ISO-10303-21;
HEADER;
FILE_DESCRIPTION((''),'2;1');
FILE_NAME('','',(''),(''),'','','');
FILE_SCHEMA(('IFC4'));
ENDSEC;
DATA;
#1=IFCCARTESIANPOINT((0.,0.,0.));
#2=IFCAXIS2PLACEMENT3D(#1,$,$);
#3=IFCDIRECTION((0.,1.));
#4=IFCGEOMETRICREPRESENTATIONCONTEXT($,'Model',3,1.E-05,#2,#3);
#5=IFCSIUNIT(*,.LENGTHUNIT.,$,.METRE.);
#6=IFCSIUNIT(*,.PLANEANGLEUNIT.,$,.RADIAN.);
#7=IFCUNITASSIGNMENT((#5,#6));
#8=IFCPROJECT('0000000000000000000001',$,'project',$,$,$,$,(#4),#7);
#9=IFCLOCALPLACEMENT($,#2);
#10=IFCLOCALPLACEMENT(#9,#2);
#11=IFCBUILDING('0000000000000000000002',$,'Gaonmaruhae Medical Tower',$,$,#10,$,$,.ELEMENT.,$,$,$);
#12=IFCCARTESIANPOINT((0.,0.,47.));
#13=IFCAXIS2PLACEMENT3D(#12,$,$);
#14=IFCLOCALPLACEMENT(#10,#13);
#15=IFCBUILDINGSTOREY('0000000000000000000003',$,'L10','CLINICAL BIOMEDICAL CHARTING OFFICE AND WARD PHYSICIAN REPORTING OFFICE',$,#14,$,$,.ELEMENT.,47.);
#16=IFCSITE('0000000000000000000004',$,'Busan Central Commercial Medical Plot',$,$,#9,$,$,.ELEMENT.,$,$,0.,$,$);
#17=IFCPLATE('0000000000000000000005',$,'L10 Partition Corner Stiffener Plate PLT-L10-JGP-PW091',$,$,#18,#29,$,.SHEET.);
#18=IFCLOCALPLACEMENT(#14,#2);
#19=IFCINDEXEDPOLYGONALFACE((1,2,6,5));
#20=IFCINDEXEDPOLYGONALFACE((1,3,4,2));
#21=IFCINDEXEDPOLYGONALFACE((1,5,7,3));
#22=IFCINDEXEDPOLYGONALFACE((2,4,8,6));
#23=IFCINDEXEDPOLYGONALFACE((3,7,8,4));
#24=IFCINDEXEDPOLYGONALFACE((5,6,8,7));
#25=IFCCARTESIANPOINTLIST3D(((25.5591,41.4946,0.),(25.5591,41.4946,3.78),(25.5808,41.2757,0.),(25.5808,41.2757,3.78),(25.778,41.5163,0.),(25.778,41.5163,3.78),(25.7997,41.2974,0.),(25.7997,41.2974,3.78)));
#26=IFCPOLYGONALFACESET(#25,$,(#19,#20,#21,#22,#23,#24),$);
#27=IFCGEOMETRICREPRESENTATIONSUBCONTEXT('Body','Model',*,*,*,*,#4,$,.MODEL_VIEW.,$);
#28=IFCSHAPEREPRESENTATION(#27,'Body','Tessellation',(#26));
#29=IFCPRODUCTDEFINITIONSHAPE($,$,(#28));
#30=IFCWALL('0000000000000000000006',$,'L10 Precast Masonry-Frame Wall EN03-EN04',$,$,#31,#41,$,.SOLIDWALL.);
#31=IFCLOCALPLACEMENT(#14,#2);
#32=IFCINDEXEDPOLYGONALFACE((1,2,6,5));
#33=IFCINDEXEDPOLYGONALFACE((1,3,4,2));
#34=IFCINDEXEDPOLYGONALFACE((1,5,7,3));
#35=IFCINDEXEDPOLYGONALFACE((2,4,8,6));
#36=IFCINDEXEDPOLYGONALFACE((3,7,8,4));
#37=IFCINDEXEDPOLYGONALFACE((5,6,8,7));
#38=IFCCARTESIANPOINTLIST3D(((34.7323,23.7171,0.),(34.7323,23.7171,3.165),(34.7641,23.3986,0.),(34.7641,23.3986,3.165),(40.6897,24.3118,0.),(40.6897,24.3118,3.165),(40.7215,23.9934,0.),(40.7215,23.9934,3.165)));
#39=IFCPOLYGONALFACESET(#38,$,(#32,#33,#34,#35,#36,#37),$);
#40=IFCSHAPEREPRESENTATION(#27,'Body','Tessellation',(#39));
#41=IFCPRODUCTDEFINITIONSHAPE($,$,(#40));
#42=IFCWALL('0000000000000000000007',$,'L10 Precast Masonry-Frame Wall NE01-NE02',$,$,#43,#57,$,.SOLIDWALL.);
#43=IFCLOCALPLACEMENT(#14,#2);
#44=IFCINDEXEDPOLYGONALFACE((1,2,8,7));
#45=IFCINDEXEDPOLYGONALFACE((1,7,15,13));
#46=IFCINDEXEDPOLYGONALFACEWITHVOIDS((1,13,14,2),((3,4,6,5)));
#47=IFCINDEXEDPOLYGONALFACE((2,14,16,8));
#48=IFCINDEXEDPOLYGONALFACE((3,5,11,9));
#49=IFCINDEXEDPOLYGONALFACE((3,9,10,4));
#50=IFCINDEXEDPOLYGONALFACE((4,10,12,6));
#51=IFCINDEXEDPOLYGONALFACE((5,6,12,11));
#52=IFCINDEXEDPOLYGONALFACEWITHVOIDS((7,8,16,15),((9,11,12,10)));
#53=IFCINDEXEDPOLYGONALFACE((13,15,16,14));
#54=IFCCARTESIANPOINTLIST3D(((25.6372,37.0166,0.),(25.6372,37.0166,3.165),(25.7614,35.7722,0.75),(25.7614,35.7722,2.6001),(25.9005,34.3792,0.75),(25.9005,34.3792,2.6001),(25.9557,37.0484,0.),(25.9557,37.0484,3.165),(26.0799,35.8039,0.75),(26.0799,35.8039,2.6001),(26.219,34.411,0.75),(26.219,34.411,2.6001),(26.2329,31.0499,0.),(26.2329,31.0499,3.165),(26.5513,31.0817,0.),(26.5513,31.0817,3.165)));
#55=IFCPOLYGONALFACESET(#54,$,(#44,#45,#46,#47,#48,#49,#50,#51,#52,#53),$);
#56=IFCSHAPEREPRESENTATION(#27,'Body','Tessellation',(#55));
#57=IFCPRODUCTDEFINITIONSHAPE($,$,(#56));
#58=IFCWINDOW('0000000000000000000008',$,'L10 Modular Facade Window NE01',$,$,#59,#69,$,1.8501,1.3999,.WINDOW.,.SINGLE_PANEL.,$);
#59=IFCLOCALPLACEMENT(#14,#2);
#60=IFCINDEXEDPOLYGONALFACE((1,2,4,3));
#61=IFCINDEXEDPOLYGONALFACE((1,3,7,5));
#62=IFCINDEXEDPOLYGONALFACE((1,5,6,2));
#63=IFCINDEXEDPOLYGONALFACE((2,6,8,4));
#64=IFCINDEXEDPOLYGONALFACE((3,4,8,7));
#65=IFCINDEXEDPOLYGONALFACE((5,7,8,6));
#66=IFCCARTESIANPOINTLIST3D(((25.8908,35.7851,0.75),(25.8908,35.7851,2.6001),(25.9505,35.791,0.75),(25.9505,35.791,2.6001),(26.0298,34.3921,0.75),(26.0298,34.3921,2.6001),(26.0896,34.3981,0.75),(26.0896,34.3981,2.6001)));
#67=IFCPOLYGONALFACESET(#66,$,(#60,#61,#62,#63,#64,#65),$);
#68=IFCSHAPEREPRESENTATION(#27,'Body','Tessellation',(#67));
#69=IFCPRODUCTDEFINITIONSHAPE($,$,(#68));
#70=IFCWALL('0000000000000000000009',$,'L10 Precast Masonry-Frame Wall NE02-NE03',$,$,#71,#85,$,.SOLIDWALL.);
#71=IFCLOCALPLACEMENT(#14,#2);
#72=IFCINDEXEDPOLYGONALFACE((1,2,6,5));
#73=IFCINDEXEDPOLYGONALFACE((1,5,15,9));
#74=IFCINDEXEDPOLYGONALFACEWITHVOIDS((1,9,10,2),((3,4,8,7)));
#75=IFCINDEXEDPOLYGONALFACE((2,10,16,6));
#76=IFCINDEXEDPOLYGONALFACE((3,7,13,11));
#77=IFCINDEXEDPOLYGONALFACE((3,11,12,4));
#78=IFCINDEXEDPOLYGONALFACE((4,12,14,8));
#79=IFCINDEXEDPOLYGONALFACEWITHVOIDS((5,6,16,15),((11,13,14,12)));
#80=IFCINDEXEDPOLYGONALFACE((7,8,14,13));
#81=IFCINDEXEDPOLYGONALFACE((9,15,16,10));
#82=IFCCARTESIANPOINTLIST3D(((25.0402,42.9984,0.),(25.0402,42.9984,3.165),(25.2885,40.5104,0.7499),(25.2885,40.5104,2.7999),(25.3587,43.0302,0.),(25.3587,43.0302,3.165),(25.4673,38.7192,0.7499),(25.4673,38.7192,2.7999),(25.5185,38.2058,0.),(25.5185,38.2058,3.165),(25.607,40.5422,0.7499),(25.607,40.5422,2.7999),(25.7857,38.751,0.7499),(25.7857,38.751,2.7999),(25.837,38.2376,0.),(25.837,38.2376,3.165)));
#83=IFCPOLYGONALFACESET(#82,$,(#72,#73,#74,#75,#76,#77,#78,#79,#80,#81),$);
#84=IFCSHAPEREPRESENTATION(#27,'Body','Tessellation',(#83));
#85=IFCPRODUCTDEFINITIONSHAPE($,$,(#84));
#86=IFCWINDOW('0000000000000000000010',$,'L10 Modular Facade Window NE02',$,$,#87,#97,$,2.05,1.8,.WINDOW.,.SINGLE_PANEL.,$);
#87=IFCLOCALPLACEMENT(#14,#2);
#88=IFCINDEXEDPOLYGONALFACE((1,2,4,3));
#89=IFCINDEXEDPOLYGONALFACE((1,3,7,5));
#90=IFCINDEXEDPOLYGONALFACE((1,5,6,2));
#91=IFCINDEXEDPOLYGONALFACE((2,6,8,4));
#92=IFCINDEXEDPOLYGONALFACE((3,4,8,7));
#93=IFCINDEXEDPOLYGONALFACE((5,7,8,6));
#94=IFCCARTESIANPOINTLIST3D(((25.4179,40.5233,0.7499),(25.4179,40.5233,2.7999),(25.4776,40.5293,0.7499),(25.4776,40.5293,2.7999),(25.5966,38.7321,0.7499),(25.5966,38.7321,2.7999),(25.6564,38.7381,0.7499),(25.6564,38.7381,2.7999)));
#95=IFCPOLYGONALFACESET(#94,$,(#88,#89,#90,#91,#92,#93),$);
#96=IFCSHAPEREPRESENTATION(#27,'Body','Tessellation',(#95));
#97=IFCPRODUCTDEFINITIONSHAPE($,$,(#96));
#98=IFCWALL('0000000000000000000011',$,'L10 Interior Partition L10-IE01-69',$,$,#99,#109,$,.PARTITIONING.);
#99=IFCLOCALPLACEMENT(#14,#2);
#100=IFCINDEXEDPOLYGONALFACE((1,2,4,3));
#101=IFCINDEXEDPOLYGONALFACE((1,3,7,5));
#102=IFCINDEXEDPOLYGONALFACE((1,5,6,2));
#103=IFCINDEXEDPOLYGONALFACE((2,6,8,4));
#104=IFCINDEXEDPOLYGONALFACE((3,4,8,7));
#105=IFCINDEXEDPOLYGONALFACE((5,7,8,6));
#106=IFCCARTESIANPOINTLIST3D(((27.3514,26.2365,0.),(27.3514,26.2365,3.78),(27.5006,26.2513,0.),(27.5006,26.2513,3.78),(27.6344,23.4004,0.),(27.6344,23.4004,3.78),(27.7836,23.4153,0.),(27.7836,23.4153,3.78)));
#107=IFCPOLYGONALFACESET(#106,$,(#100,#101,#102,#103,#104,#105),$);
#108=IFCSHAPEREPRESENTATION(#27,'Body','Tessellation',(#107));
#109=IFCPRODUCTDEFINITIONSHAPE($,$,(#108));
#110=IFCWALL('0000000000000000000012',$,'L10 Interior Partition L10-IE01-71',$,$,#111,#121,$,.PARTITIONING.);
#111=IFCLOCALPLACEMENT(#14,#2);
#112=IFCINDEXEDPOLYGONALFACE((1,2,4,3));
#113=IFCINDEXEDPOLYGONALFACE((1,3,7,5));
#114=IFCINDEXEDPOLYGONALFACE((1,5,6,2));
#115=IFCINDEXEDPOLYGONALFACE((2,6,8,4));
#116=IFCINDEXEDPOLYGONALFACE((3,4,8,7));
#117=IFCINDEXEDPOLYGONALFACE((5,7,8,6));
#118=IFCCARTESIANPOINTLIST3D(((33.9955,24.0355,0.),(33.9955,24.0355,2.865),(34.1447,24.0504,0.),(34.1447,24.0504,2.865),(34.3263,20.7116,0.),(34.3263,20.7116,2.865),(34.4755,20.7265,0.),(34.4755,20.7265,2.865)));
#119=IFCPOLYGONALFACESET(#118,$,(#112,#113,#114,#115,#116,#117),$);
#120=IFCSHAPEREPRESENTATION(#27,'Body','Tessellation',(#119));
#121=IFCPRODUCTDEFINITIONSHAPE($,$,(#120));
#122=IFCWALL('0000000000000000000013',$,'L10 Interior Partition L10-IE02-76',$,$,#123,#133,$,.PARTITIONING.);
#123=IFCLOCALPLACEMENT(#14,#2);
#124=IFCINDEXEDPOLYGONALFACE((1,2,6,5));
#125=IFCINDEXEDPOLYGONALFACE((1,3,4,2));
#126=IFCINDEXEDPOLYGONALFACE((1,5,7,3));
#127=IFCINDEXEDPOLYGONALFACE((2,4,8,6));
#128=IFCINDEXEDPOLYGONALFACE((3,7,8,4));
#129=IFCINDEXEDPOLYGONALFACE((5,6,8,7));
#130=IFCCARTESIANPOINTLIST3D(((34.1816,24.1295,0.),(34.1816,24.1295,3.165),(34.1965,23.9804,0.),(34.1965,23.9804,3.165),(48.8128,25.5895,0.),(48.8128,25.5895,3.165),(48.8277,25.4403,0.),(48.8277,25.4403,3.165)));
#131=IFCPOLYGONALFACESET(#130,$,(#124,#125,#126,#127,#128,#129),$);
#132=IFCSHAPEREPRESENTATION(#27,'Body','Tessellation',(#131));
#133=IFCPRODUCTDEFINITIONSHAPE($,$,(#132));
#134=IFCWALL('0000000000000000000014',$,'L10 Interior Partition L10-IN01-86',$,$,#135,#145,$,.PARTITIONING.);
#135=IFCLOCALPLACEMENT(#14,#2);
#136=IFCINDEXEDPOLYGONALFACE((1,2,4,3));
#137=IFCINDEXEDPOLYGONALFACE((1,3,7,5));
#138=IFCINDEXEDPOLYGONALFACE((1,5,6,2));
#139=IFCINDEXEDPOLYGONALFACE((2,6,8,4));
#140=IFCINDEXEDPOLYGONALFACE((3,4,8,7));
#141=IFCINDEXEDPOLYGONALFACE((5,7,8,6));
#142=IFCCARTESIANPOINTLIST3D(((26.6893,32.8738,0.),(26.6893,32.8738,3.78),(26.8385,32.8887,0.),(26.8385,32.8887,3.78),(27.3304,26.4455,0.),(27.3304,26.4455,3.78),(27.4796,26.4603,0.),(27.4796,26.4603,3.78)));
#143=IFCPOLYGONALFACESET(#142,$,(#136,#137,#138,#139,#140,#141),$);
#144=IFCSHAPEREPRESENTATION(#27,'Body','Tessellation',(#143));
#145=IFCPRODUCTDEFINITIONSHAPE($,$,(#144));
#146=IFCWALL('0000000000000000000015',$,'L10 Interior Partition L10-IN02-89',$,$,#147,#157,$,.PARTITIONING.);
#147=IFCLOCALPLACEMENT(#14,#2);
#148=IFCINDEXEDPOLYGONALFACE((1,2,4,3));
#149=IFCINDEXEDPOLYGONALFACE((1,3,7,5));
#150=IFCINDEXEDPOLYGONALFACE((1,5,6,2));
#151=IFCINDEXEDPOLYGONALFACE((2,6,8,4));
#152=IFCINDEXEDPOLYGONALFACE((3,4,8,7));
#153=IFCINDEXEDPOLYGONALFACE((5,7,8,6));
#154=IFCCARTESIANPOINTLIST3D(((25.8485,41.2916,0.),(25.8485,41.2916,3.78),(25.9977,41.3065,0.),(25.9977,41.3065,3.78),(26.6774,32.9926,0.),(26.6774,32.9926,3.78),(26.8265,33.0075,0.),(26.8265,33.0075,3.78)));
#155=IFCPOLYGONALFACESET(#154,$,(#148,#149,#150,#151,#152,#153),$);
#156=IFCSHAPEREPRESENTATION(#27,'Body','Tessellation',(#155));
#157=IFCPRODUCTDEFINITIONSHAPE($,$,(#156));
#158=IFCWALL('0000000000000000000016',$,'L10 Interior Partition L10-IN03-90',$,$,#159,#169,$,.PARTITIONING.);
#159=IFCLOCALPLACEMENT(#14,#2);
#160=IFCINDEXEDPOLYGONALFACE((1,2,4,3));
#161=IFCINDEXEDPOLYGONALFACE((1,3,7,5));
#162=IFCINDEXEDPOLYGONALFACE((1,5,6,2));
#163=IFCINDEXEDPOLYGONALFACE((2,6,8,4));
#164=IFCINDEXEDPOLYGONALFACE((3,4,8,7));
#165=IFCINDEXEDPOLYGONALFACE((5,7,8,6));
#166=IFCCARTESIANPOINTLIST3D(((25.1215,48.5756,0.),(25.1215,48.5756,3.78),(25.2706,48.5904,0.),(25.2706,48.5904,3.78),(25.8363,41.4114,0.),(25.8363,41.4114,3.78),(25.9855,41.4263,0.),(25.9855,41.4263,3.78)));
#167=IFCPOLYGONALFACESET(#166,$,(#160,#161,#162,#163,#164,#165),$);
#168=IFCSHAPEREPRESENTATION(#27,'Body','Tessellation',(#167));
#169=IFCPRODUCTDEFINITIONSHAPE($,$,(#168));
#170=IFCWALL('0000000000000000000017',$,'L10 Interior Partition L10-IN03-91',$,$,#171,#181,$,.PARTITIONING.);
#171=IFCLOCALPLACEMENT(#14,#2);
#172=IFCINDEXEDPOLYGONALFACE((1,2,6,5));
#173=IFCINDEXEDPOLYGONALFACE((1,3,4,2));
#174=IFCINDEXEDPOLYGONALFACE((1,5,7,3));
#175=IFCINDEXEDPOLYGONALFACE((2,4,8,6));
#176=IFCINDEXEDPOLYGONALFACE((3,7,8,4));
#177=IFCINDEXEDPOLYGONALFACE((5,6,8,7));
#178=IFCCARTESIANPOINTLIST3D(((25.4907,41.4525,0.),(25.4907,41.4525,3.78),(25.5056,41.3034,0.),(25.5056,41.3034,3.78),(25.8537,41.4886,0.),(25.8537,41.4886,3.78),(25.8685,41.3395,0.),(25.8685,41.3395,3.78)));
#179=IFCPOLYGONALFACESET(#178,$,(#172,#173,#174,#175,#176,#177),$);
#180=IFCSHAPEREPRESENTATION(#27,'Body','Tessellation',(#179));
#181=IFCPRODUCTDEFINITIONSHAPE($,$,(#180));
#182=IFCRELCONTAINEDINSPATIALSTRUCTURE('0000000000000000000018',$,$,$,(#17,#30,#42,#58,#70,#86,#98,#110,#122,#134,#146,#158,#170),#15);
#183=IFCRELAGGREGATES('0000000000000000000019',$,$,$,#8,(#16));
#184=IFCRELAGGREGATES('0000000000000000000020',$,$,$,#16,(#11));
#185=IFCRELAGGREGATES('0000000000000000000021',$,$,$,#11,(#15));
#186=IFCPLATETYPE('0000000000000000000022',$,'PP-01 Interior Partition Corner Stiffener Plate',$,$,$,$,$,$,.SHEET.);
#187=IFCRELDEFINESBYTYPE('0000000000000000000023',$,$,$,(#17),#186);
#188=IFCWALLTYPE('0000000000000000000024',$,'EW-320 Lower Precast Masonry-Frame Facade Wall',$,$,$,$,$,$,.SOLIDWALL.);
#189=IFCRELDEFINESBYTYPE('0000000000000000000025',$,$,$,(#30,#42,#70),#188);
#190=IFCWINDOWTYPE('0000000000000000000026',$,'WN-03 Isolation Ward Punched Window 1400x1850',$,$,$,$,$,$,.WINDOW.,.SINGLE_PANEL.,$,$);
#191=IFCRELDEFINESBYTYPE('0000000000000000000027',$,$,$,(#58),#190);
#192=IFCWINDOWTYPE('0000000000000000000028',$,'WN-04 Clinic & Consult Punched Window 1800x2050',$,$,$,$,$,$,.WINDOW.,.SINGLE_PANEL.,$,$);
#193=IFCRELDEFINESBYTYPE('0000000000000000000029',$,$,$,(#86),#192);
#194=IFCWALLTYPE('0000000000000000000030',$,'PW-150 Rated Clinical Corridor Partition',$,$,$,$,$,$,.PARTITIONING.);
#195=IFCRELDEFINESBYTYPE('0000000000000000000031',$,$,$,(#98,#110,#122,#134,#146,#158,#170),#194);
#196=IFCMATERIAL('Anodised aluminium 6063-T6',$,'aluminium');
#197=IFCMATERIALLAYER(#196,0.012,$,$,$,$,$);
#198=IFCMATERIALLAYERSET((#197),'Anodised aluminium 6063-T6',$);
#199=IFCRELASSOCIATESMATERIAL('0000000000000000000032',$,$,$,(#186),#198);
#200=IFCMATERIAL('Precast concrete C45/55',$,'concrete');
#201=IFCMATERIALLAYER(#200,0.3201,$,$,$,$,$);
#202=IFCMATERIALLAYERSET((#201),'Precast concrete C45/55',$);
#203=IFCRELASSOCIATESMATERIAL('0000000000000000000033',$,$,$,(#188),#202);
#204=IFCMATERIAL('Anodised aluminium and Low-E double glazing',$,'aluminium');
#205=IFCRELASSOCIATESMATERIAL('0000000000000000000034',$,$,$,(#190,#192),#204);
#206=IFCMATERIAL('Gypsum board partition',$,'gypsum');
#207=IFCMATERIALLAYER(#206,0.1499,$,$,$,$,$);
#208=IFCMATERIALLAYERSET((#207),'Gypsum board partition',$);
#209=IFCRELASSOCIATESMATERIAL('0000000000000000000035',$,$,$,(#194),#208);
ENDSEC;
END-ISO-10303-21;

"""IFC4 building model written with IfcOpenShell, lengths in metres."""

from ifc_helpers import new_model, si_unit, direction, frame, frame_2d, origin, origin_2d, place, context, subcontext, project, spatial, rectangle, extrude, material, layer, layer_set, type_object, element, fill, save


model = new_model("IFC4")

# Units and contexts
model_context = context("Model", 3, precision=1e-05, world=origin(), true_north=direction((0.0, 1.0)))
body_context = subcontext(model_context, "Body", "Model", "MODEL_VIEW")
ifc_project = project(units=[si_unit("LENGTHUNIT", "METRE"), si_unit("PLANEANGLEUNIT", "RADIAN")], contexts=[model_context])

# Site, building, storey
site_placement = place(None, origin())
site = spatial("IfcSite", under=ifc_project, at=site_placement, Name="Busan Central Commercial Medical Plot", CompositionType="ELEMENT", RefElevation=0.0)
building_placement = place(site_placement, origin())
building = spatial("IfcBuilding", under=site, at=building_placement, Name="Gaonmaruhae Medical Tower", CompositionType="ELEMENT")
storey_placement = place(building_placement, frame((0.0, 0.0, 47.0)))
storey = spatial("IfcBuildingStorey", under=building, at=storey_placement, Name="L10", Description="CLINICAL BIOMEDICAL CHARTING OFFICE AND WARD PHYSICIAN REPORTING OFFICE", CompositionType="ELEMENT", Elevation=47.0)

# Plate
ifc_material_1 = material(Name="Anodised aluminium 6063-T6", Category="aluminium")
ifc_layer_1 = layer(ifc_material_1, 0.012)
ifc_layer_set_1 = layer_set([ifc_layer_1], Name="Anodised aluminium 6063-T6")
plate_type = type_object("IfcPlateType", Name="PP-01 Interior Partition Corner Stiffener Plate", PredefinedType="SHEET", material=ifc_layer_set_1)
plate_placement = place(storey_placement, frame((25.6794, 41.396, 0.0), z_axis=(0.0, 0.0, 1.0), x_axis=(-0.995118, -0.098695, 0.0)))
element("IfcPlate", 1, at=plate_placement, inside=storey, type_object=plate_type, Name="L10 Partition Corner Stiffener Plate PLT-L10-JGP-PW091", PredefinedType="SHEET", context=body_context, shape_type="SweptSolid", body=[
    extrude(rectangle(XDim=0.22, YDim=0.22, at=origin_2d()), origin(), (0.0, 0.0, 1.0), 3.78),
])

# Wall
ifc_material_2 = material(Name="Precast concrete C45/55", Category="concrete")
ifc_layer_2 = layer(ifc_material_2, 0.3201)
ifc_layer_set_2 = layer_set([ifc_layer_2], Name="Precast concrete C45/55")
wall_type_1 = type_object("IfcWallType", Name="EW-320 Lower Precast Masonry-Frame Facade Wall", PredefinedType="SOLIDWALL", material=ifc_layer_set_2)
wall_1_placement = place(storey_placement, frame((34.748, 23.5579, 0.0), z_axis=(0.0, 0.0, 1.0), x_axis=(0.995054, 0.099334, 0.0)))
element("IfcWall", 2, at=wall_1_placement, inside=storey, type_object=wall_type_1, Name="L10 Precast Masonry-Frame Wall EN03-EN04", PredefinedType="SOLIDWALL", context=body_context, shape_type="SweptSolid", body=[
    extrude(rectangle(XDim=5.9871, YDim=0.3201, at=frame_2d((2.9937, 0.0))), origin(), (0.0, 0.0, 1.0), 3.165),
])

# Walls, openings, windows
wall_2_placement = place(storey_placement, frame((26.3921, 31.0659, 0.0), z_axis=(0.0, 0.0, 1.0), x_axis=(-0.099342, 0.995053, 0.0)))
wall_2 = element("IfcWall", 3, at=wall_2_placement, inside=storey, type_object=wall_type_1, Name="L10 Precast Masonry-Frame Wall NE01-NE02", PredefinedType="SOLIDWALL", context=body_context, shape_type="SweptSolid", body=[
    extrude(rectangle(XDim=5.9963, YDim=0.3201, at=frame_2d((2.998, 0.0))), origin(), (0.0, 0.0, 1.0), 3.165),
])
opening_1_placement = place(wall_2_placement, frame((3.3457, 0.0, 0.75)))
opening_1 = element("IfcOpeningElement", 4, at=opening_1_placement, cuts=wall_2, PredefinedType="OPENING", context=body_context, shape_type="SweptSolid", body=[
    extrude(rectangle(XDim=1.3999, YDim=1.8501, at=frame_2d((0.7, 0.925))), frame((0.0, 0.1699, 0.0), z_axis=(0.0, -1.0, 0.0), x_axis=(1.0, 0.0, 0.0)), (0.0, 0.0, 1.0), 0.3401),
])
ifc_material_3 = material(Name="Anodised aluminium and Low-E double glazing", Category="aluminium")
window_type_1 = type_object("IfcWindowType", Name="WN-03 Isolation Ward Punched Window 1400x1850", PartitioningType="SINGLE_PANEL", PredefinedType="WINDOW", material=ifc_material_3)
window_1_placement = place(opening_1_placement, origin())
window_1 = element("IfcWindow", 5, at=window_1_placement, inside=storey, type_object=window_type_1, Name="L10 Modular Facade Window NE01", OverallHeight=1.8501, OverallWidth=1.3999, PartitioningType="SINGLE_PANEL", PredefinedType="WINDOW", context=body_context, shape_type="SweptSolid", body=[
    extrude(rectangle(XDim=1.3999, YDim=1.8501, at=frame_2d((0.7, 0.925))), frame((0.0, 0.03, 0.0), z_axis=(0.0, -1.0, 0.0), x_axis=(1.0, 0.0, 0.0)), (0.0, 0.0, 1.0), 0.0601),
])
fill(opening_1, window_1)
wall_3_placement = place(storey_placement, frame((25.6777, 38.2217, 0.0), z_axis=(0.0, 0.0, 1.0), x_axis=(-0.099303, 0.995057, 0.0)))
wall_3 = element("IfcWall", 6, at=wall_3_placement, inside=storey, type_object=wall_type_1, Name="L10 Precast Masonry-Frame Wall NE02-NE03", PredefinedType="SOLIDWALL", context=body_context, shape_type="SweptSolid", body=[
    extrude(rectangle(XDim=4.8164, YDim=0.3201, at=frame_2d((2.4082, 0.0))), origin(), (0.0, 0.0, 1.0), 3.165),
])
opening_2_placement = place(wall_3_placement, frame((0.5161, 0.0, 0.75)))
opening_2 = element("IfcOpeningElement", 7, at=opening_2_placement, cuts=wall_3, PredefinedType="OPENING", context=body_context, shape_type="SweptSolid", body=[
    extrude(rectangle(XDim=1.8, YDim=2.05, at=frame_2d((0.8999, 1.0249))), frame((0.0, 0.1699, 0.0), z_axis=(0.0, -1.0, 0.0), x_axis=(1.0, 0.0, 0.0)), (0.0, 0.0, 1.0), 0.3401),
])
window_type_2 = type_object("IfcWindowType", Name="WN-04 Clinic & Consult Punched Window 1800x2050", PartitioningType="SINGLE_PANEL", PredefinedType="WINDOW", material=ifc_material_3)
window_2_placement = place(opening_2_placement, origin())
window_2 = element("IfcWindow", 8, at=window_2_placement, inside=storey, type_object=window_type_2, Name="L10 Modular Facade Window NE02", OverallHeight=2.05, OverallWidth=1.8, PartitioningType="SINGLE_PANEL", PredefinedType="WINDOW", context=body_context, shape_type="SweptSolid", body=[
    extrude(rectangle(XDim=1.8, YDim=2.05, at=frame_2d((0.8999, 1.0249))), frame((0.0, 0.03, 0.0), z_axis=(0.0, -1.0, 0.0), x_axis=(1.0, 0.0, 0.0)), (0.0, 0.0, 1.0), 0.0601),
])
fill(opening_2, window_2)

# Walls
ifc_material_4 = material(Name="Gypsum board partition", Category="gypsum")
ifc_layer_3 = layer(ifc_material_4, 0.1499)
ifc_layer_set_3 = layer_set([ifc_layer_3], Name="Gypsum board partition")
wall_type_2 = type_object("IfcWallType", Name="PW-150 Rated Clinical Corridor Partition", PredefinedType="PARTITIONING", material=ifc_layer_set_3)
wall_4_placement = place(storey_placement, frame((27.426, 26.2439, 0.0), z_axis=(0.0, 0.0, 1.0), x_axis=(0.099283, -0.995059, 0.0)))
element("IfcWall", 9, at=wall_4_placement, inside=storey, type_object=wall_type_2, Name="L10 Interior Partition L10-IE01-69", PredefinedType="PARTITIONING", context=body_context, shape_type="SweptSolid", body=[
    extrude(rectangle(XDim=2.8501, YDim=0.1499, at=frame_2d((1.425, 0.0))), origin(), (0.0, 0.0, 1.0), 3.78),
])
wall_5_placement = place(storey_placement, frame((34.0701, 24.043, 0.0), z_axis=(0.0, 0.0, 1.0), x_axis=(0.099033, -0.995084, 0.0)))
element("IfcWall", 10, at=wall_5_placement, inside=storey, type_object=wall_type_2, Name="L10 Interior Partition L10-IE01-71", PredefinedType="PARTITIONING", context=body_context, shape_type="SweptSolid", body=[
    extrude(rectangle(XDim=3.3403, YDim=0.1499, at=frame_2d((1.6702, 0.0))), origin(), (0.0, 0.0, 1.0), 2.865),
])
wall_6_placement = place(storey_placement, frame((34.189, 24.0549, 0.0), z_axis=(0.0, 0.0, 1.0), x_axis=(0.995058, 0.099292, 0.0)))
element("IfcWall", 11, at=wall_6_placement, inside=storey, type_object=wall_type_2, Name="L10 Interior Partition L10-IE02-76", PredefinedType="PARTITIONING", context=body_context, shape_type="SweptSolid", body=[
    extrude(rectangle(XDim=14.7039, YDim=0.1499, at=frame_2d((7.3521, 0.0))), origin(), (0.0, 0.0, 1.0), 3.165),
])
wall_7_placement = place(storey_placement, frame((26.7639, 32.8811, 0.0), z_axis=(0.0, 0.0, 1.0), x_axis=(0.099242, -0.995063, 0.0)))
element("IfcWall", 12, at=wall_7_placement, inside=storey, type_object=wall_type_2, Name="L10 Interior Partition L10-IN01-86", PredefinedType="PARTITIONING", context=body_context, shape_type="SweptSolid", body=[
    extrude(rectangle(XDim=6.4602, YDim=0.1499, at=frame_2d((3.23, 0.0))), origin(), (0.0, 0.0, 1.0), 3.78),
])
wall_8_placement = place(storey_placement, frame((25.9231, 41.2991, 0.0), z_axis=(0.0, 0.0, 1.0), x_axis=(0.099379, -0.99505, 0.0)))
element("IfcWall", 13, at=wall_8_placement, inside=storey, type_object=wall_type_2, Name="L10 Interior Partition L10-IN02-89", PredefinedType="PARTITIONING", context=body_context, shape_type="SweptSolid", body=[
    extrude(rectangle(XDim=8.3403, YDim=0.1499, at=frame_2d((4.1702, 0.0))), origin(), (0.0, 0.0, 1.0), 3.78),
])
wall_9_placement = place(storey_placement, frame((25.196, 48.583, 0.0), z_axis=(0.0, 0.0, 1.0), x_axis=(0.099289, -0.995059, 0.0)))
element("IfcWall", 14, at=wall_9_placement, inside=storey, type_object=wall_type_2, Name="L10 Interior Partition L10-IN03-90", PredefinedType="PARTITIONING", context=body_context, shape_type="SweptSolid", body=[
    extrude(rectangle(XDim=7.1997, YDim=0.1499, at=frame_2d((3.5999, 0.0))), origin(), (0.0, 0.0, 1.0), 3.78),
])
wall_10_placement = place(storey_placement, frame((25.8611, 41.4141, 0.0), z_axis=(0.0, 0.0, 1.0), x_axis=(-0.995083, -0.09904, 0.0)))
element("IfcWall", 15, at=wall_10_placement, inside=storey, type_object=wall_type_2, Name="L10 Interior Partition L10-IN03-91", PredefinedType="PARTITIONING", context=body_context, shape_type="SweptSolid", body=[
    extrude(rectangle(XDim=0.3647, YDim=0.1499, at=frame_2d((0.1824, 0.0))), origin(), (0.0, 0.0, 1.0), 3.78),
])

save(model, "model.ifc")
